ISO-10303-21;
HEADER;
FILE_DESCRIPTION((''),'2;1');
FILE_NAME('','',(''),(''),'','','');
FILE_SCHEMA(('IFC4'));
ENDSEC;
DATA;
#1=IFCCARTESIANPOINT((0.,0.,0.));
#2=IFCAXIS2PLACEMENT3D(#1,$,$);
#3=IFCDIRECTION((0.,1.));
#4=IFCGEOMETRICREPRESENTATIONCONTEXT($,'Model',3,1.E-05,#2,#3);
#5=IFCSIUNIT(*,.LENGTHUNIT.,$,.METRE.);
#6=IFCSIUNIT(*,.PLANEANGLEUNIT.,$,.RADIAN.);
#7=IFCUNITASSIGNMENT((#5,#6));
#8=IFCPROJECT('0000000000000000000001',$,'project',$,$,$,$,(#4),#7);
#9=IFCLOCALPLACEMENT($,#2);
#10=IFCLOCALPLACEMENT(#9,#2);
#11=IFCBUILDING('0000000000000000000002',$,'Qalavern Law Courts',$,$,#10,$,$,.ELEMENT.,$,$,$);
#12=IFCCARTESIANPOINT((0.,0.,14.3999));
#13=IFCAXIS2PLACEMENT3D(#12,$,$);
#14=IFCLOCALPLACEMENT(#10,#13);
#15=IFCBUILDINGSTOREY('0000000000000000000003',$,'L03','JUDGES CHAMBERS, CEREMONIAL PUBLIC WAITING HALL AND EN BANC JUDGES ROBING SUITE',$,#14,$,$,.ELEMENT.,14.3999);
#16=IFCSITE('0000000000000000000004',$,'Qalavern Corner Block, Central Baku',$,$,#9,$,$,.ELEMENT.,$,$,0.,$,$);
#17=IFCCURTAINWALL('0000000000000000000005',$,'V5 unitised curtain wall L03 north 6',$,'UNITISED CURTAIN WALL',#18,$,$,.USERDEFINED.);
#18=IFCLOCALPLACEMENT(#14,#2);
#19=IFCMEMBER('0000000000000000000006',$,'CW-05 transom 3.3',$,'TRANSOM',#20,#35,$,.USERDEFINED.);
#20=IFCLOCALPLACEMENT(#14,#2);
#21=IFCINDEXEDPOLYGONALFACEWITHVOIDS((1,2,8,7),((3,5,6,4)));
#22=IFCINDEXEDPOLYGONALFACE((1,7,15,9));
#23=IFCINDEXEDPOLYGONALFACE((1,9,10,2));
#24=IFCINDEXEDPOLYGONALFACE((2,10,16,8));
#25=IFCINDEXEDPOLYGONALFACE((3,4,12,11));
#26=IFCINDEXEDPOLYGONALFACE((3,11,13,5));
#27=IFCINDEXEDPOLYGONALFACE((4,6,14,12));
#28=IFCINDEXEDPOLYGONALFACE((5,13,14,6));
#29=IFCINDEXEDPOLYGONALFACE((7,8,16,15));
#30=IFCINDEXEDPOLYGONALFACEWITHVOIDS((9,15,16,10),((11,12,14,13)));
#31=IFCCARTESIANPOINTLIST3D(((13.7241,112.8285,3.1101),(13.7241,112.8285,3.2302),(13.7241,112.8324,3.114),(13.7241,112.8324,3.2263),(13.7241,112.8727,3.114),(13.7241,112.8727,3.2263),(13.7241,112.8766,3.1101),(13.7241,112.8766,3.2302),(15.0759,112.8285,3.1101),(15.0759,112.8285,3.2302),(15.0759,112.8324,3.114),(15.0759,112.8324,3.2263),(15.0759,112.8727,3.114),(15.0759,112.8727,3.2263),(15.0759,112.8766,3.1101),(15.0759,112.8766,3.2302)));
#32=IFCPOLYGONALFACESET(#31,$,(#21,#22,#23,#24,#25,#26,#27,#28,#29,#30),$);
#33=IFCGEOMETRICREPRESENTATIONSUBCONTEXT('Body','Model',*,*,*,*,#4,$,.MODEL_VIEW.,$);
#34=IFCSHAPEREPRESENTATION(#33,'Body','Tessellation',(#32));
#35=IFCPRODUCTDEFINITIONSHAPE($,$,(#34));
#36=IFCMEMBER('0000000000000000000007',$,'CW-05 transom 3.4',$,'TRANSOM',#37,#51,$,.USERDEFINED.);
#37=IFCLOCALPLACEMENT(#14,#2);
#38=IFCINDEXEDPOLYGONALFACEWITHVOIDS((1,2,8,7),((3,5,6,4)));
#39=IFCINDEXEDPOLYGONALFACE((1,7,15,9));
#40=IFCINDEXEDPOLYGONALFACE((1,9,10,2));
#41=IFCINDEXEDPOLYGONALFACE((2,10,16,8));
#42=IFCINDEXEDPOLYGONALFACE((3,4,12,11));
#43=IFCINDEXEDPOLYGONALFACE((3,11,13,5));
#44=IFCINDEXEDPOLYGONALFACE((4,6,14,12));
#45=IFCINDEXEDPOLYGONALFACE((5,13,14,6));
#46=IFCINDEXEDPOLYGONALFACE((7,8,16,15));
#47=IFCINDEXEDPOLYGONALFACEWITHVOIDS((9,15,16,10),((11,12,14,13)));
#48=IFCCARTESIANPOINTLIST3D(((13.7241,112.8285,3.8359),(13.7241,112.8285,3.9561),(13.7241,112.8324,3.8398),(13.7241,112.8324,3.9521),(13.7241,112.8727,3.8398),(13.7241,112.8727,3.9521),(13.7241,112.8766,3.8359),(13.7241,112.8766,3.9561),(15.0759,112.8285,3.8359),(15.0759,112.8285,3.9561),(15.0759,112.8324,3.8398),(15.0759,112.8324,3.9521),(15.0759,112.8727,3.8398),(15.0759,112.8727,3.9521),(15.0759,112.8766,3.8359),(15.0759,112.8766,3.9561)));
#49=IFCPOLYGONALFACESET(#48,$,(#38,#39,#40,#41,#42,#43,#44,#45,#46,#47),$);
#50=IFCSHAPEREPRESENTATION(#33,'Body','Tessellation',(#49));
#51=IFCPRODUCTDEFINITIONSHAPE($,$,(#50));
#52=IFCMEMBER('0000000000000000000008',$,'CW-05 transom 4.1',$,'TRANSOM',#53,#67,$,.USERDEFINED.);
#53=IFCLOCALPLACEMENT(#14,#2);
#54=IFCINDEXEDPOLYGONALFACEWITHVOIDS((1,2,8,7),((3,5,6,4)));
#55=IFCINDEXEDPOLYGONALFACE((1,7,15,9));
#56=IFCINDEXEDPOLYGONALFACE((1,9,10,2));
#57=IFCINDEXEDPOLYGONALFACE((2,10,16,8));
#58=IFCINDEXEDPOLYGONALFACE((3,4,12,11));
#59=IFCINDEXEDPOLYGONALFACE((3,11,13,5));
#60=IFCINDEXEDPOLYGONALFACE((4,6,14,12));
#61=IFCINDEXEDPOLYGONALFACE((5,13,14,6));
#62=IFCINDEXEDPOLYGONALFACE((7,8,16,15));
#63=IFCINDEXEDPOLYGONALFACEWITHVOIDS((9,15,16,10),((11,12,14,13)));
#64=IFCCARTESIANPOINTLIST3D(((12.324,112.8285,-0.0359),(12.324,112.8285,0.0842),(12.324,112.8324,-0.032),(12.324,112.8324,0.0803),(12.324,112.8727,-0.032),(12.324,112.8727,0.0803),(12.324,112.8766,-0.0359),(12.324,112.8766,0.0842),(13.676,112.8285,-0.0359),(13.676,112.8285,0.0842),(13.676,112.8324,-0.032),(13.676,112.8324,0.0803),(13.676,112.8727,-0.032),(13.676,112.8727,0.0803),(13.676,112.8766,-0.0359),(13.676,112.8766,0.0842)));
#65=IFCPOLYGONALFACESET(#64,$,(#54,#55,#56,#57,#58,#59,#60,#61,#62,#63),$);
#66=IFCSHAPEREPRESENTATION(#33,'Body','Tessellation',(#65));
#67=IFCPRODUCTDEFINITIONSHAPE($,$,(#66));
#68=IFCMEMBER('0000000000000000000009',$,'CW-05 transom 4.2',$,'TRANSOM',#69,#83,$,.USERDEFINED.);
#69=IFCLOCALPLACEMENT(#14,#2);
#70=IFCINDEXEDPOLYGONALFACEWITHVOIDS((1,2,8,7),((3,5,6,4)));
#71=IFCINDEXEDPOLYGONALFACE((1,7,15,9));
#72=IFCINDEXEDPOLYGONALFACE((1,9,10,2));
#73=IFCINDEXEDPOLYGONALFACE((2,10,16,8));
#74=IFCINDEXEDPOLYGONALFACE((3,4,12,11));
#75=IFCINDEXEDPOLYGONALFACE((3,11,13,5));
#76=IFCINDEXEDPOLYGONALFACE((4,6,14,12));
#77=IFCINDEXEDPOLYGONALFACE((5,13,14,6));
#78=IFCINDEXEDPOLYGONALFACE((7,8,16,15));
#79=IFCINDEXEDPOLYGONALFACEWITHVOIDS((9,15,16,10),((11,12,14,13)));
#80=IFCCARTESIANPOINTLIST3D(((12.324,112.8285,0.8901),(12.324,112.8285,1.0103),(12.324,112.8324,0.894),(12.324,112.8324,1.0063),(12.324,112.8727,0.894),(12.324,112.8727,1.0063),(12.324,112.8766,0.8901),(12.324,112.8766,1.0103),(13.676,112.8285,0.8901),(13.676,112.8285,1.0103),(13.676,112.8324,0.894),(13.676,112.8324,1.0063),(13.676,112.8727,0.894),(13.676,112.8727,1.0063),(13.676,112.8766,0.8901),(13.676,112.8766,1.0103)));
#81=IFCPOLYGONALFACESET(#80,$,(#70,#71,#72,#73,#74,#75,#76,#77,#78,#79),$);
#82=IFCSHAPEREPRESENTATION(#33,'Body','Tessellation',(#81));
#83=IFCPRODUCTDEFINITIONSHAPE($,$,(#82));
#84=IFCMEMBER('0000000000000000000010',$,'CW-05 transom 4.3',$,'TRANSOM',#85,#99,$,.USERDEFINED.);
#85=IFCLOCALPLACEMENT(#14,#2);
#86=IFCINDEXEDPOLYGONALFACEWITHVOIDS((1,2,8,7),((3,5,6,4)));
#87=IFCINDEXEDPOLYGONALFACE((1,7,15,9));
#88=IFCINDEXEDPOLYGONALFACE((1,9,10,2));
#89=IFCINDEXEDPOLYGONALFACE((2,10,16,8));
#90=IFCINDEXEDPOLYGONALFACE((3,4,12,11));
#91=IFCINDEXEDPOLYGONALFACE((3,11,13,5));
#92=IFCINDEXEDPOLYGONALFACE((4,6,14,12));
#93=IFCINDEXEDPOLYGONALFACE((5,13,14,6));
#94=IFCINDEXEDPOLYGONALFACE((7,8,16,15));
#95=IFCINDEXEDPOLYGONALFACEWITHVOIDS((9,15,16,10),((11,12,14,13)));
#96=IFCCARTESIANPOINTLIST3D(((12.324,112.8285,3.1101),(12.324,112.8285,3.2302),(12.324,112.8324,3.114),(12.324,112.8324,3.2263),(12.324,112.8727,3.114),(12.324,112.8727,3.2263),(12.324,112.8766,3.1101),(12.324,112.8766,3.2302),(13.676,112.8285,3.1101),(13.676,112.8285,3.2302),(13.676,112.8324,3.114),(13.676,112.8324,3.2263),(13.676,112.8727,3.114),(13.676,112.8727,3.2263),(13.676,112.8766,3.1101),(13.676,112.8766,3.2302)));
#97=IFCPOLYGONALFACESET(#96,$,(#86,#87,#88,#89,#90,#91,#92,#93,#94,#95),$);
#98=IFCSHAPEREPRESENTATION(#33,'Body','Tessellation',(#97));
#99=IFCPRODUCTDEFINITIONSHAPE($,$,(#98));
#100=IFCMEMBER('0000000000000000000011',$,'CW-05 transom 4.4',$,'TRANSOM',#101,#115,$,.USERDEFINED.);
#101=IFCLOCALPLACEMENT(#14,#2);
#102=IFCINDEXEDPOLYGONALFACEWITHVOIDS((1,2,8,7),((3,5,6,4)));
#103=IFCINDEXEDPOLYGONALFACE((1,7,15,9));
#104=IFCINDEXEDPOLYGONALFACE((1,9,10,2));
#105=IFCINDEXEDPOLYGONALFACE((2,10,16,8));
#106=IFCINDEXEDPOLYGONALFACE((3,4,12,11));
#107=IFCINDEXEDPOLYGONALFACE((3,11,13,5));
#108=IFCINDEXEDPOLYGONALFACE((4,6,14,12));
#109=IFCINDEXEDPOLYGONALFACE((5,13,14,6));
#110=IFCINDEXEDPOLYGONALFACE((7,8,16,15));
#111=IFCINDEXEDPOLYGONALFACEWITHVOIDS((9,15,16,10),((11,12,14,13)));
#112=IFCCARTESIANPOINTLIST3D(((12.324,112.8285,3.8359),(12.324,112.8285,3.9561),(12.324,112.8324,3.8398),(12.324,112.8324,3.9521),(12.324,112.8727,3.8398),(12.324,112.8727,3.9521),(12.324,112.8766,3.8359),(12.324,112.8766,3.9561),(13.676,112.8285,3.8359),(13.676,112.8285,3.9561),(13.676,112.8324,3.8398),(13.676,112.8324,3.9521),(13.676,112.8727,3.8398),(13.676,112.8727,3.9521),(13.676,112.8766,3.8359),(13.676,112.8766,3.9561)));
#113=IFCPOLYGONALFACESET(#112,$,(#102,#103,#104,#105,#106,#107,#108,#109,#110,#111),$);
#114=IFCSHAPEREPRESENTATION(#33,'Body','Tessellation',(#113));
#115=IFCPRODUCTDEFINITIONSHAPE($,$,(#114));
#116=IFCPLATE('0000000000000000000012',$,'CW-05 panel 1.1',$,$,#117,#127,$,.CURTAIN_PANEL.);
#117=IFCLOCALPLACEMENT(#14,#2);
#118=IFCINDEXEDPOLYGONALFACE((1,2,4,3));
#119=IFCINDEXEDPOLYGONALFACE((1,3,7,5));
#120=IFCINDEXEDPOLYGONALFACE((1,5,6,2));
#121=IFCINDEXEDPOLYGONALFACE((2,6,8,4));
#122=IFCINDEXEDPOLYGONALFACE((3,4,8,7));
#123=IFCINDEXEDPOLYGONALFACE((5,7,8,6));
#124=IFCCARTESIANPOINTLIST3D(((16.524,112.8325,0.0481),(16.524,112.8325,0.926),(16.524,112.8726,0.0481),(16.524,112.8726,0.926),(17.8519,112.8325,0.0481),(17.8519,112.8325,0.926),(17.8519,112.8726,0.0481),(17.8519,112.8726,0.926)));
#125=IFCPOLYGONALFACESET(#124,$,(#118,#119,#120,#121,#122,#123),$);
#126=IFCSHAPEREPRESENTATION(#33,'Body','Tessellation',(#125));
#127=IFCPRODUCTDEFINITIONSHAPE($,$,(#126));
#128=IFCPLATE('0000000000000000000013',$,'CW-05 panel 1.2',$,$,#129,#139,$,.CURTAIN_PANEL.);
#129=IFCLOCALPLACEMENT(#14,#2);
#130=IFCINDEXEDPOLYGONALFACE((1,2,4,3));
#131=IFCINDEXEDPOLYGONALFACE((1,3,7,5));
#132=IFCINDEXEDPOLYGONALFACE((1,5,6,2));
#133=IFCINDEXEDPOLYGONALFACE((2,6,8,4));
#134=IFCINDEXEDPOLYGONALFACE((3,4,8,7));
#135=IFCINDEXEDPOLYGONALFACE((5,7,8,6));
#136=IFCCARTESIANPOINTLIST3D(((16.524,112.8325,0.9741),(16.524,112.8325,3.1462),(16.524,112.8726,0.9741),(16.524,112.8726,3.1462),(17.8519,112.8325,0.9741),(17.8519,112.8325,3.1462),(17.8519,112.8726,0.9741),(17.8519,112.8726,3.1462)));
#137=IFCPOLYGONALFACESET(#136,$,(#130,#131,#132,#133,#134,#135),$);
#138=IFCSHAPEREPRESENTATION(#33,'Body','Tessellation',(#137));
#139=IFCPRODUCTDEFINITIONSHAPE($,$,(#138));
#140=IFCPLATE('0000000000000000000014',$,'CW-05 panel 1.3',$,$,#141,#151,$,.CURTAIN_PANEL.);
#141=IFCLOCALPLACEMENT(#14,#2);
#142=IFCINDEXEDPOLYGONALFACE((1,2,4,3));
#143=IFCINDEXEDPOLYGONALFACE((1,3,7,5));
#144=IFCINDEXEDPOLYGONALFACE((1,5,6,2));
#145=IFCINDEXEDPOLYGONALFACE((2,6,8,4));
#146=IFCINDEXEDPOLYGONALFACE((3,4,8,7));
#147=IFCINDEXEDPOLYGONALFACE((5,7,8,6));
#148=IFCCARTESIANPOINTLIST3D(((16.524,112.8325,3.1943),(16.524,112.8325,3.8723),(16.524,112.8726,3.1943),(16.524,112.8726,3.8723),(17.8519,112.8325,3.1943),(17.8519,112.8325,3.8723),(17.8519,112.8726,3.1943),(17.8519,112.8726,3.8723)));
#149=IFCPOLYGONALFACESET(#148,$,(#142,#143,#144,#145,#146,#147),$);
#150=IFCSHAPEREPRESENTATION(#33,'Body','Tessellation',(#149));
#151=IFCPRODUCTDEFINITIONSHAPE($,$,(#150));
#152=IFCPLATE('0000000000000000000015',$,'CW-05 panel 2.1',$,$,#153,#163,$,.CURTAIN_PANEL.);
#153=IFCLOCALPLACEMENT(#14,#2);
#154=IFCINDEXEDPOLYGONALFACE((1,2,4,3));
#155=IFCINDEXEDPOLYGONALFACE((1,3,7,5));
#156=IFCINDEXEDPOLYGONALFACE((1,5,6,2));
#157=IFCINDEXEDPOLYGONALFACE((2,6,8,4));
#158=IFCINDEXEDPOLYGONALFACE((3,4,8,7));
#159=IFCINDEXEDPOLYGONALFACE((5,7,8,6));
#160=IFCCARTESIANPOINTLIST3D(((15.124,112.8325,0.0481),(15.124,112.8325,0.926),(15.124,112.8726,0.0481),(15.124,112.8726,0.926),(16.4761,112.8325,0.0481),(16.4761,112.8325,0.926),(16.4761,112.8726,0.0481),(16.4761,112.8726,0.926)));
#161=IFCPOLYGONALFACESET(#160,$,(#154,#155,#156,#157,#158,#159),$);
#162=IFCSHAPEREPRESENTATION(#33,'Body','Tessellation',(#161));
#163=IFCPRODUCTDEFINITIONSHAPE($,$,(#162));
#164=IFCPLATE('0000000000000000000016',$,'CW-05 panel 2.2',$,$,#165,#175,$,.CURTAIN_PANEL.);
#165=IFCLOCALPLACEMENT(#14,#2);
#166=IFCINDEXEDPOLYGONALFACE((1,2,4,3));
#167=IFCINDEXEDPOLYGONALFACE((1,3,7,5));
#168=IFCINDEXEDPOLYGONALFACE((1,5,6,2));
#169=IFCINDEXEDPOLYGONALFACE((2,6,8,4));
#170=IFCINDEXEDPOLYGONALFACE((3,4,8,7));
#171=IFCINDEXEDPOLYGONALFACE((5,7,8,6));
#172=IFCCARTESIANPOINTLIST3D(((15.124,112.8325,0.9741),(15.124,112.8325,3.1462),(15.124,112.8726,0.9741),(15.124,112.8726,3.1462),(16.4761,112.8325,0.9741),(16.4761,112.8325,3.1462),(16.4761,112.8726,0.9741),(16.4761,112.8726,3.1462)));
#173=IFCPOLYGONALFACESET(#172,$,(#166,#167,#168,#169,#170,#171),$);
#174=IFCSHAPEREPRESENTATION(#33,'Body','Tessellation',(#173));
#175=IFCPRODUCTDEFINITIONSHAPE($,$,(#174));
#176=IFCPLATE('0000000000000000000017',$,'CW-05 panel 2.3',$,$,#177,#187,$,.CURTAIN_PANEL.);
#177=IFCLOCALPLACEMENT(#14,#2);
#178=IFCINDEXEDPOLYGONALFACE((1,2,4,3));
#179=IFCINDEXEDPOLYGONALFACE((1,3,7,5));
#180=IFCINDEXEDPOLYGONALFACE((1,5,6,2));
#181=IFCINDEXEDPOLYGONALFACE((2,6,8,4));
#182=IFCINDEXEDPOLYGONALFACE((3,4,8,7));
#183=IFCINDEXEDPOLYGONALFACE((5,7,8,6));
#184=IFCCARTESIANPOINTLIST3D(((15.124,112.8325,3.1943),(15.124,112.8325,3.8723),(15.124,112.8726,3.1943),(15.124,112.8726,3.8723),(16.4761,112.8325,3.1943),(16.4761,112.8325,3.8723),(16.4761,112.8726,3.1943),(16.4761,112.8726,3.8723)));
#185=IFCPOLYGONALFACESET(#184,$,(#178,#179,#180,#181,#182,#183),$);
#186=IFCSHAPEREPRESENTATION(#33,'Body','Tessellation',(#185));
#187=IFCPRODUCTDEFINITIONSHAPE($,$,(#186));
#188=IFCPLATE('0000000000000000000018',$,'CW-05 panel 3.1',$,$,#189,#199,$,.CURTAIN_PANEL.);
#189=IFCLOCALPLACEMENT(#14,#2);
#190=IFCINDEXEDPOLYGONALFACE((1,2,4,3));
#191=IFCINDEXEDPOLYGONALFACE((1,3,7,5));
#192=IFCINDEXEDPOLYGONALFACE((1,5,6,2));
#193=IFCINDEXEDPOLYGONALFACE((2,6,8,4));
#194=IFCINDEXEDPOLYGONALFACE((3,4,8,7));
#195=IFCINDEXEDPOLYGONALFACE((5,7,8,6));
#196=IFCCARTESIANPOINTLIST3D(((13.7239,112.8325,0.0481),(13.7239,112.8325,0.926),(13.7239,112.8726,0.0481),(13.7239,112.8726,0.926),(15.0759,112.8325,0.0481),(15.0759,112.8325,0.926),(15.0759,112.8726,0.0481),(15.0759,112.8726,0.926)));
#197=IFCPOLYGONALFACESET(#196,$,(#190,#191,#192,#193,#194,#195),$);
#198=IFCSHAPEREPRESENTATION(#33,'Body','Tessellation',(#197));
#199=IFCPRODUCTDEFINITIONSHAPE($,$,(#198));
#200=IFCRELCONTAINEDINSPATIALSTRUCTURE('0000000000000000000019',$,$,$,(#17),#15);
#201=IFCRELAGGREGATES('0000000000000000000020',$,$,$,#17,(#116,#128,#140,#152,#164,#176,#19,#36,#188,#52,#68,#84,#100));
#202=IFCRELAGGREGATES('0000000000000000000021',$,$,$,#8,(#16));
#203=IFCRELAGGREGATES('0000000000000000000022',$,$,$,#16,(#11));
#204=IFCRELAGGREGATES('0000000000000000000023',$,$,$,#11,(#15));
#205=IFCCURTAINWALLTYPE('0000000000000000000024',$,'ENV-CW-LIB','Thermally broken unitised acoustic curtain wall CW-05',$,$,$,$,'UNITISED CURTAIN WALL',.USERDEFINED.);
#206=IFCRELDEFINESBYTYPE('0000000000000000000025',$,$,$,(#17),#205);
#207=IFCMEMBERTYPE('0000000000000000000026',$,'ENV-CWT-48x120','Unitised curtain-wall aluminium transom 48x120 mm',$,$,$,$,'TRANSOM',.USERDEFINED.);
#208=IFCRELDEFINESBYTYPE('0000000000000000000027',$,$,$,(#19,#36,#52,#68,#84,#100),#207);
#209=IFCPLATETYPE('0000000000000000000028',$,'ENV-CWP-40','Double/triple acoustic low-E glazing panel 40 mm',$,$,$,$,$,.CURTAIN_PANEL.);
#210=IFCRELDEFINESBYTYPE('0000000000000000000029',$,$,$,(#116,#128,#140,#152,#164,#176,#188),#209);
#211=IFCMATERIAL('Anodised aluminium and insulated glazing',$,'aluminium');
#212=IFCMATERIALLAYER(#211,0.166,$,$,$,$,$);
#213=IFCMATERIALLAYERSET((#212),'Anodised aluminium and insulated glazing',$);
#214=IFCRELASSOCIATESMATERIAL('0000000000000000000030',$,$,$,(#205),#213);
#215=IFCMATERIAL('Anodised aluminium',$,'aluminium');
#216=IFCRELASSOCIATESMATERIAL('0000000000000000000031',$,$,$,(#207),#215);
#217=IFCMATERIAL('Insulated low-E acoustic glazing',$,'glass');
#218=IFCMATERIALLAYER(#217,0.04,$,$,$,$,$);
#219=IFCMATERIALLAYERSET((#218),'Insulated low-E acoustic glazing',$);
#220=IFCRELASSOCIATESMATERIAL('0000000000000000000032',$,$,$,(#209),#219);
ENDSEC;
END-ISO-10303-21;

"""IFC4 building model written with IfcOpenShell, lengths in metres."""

from ifc_helpers import new_model, si_unit, direction, frame, origin, origin_2d, place, context, subcontext, project, spatial, rectangle, hollow_rectangle, extrude, material, layer, layer_set, material_profile, profile_set, type_object, element, aggregate, save


model = new_model("IFC4")

# Units and contexts
model_context = context("Model", 3, precision=1e-05, world=origin(), true_north=direction((0.0, 1.0)))
body_context = subcontext(model_context, "Body", "Model", "MODEL_VIEW")
ifc_project = project(units=[si_unit("LENGTHUNIT", "METRE"), si_unit("PLANEANGLEUNIT", "RADIAN")], contexts=[model_context])

# Site, building, storey
site_placement = place(None, origin())
site = spatial("IfcSite", under=ifc_project, at=site_placement, Name="Qalavern Corner Block, Central Baku", CompositionType="ELEMENT", RefElevation=0.0)
building_placement = place(site_placement, origin())
building = spatial("IfcBuilding", under=site, at=building_placement, Name="Qalavern Law Courts", CompositionType="ELEMENT")
storey_placement = place(building_placement, frame((0.0, 0.0, 14.3999)))
storey = spatial("IfcBuildingStorey", under=building, at=storey_placement, Name="L03", Description="JUDGES CHAMBERS, CEREMONIAL PUBLIC WAITING HALL AND EN BANC JUDGES ROBING SUITE", CompositionType="ELEMENT", Elevation=14.3999)

# Curtain wall, members, plates
ifc_material_1 = material(Name="Anodised aluminium and insulated glazing", Category="aluminium")
ifc_layer_1 = layer(ifc_material_1, 0.166)
ifc_layer_set_1 = layer_set([ifc_layer_1], Name="Anodised aluminium and insulated glazing")
curtain_wall_type = type_object("IfcCurtainWallType", Name="ENV-CW-LIB", Description="Thermally broken unitised acoustic curtain wall CW-05", ElementType="UNITISED CURTAIN WALL", PredefinedType="USERDEFINED", material=ifc_layer_set_1)
curtain_wall_placement = place(storey_placement, origin())
curtain_wall = element("IfcCurtainWall", 1, at=curtain_wall_placement, inside=storey, type_object=curtain_wall_type, Name="V5 unitised curtain wall L03 north 6", ObjectType="UNITISED CURTAIN WALL", PredefinedType="USERDEFINED")
ifc_material_2 = material(Name="Anodised aluminium", Category="aluminium")
ifc_material_profile_1 = material_profile(ifc_material_2, hollow_rectangle(XDim=0.0481, YDim=0.1201, WallThickness=0.0039, at=origin_2d()), Name="ALU TRANSOM 48x120")
ifc_profile_set_1 = profile_set([ifc_material_profile_1], Name="Anodised aluminium")
member_type_1 = type_object("IfcMemberType", Name="ENV-CWT-48x120", Description="Unitised curtain-wall aluminium transom 48x120 mm", ElementType="TRANSOM", PredefinedType="USERDEFINED", material=ifc_profile_set_1)
member_1_placement = place(storey_placement, frame((15.0759, 112.8525, 3.1702), z_axis=(-1.0, 0.0, 0.0), x_axis=(0.0, -1.0, 0.0)))
member_1 = element("IfcMember", 2, at=member_1_placement, type_object=member_type_1, Name="CW-05 transom 3.3", ObjectType="TRANSOM", PredefinedType="USERDEFINED", context=body_context, shape_type="SweptSolid", body=[
    extrude(hollow_rectangle(XDim=0.0481, YDim=0.1201, WallThickness=0.0039, at=origin_2d()), origin(), (0.0, 0.0, 1.0), 1.3518),
])
member_2_placement = place(storey_placement, frame((15.0759, 112.8525, 3.896), z_axis=(-1.0, 0.0, 0.0), x_axis=(0.0, -1.0, 0.0)))
member_2 = element("IfcMember", 3, at=member_2_placement, type_object=member_type_1, Name="CW-05 transom 3.4", ObjectType="TRANSOM", PredefinedType="USERDEFINED", context=body_context, shape_type="SweptSolid", body=[
    extrude(hollow_rectangle(XDim=0.0481, YDim=0.1201, WallThickness=0.0039, at=origin_2d()), origin(), (0.0, 0.0, 1.0), 1.3518),
])
member_3_placement = place(storey_placement, frame((13.676, 112.8525, 0.0242), z_axis=(-1.0, 0.0, 0.0), x_axis=(0.0, -1.0, 0.0)))
member_3 = element("IfcMember", 4, at=member_3_placement, type_object=member_type_1, Name="CW-05 transom 4.1", ObjectType="TRANSOM", PredefinedType="USERDEFINED", context=body_context, shape_type="SweptSolid", body=[
    extrude(hollow_rectangle(XDim=0.0481, YDim=0.1201, WallThickness=0.0039, at=origin_2d()), origin(), (0.0, 0.0, 1.0), 1.3521),
])
member_4_placement = place(storey_placement, frame((13.676, 112.8525, 0.9502), z_axis=(-1.0, 0.0, 0.0), x_axis=(0.0, -1.0, 0.0)))
member_4 = element("IfcMember", 5, at=member_4_placement, type_object=member_type_1, Name="CW-05 transom 4.2", ObjectType="TRANSOM", PredefinedType="USERDEFINED", context=body_context, shape_type="SweptSolid", body=[
    extrude(hollow_rectangle(XDim=0.0481, YDim=0.1201, WallThickness=0.0039, at=origin_2d()), origin(), (0.0, 0.0, 1.0), 1.3521),
])
member_5_placement = place(storey_placement, frame((13.676, 112.8525, 3.1702), z_axis=(-1.0, 0.0, 0.0), x_axis=(0.0, -1.0, 0.0)))
member_5 = element("IfcMember", 6, at=member_5_placement, type_object=member_type_1, Name="CW-05 transom 4.3", ObjectType="TRANSOM", PredefinedType="USERDEFINED", context=body_context, shape_type="SweptSolid", body=[
    extrude(hollow_rectangle(XDim=0.0481, YDim=0.1201, WallThickness=0.0039, at=origin_2d()), origin(), (0.0, 0.0, 1.0), 1.3521),
])
member_6_placement = place(storey_placement, frame((13.676, 112.8525, 3.896), z_axis=(-1.0, 0.0, 0.0), x_axis=(0.0, -1.0, 0.0)))
member_6 = element("IfcMember", 7, at=member_6_placement, type_object=member_type_1, Name="CW-05 transom 4.4", ObjectType="TRANSOM", PredefinedType="USERDEFINED", context=body_context, shape_type="SweptSolid", body=[
    extrude(hollow_rectangle(XDim=0.0481, YDim=0.1201, WallThickness=0.0039, at=origin_2d()), origin(), (0.0, 0.0, 1.0), 1.3521),
])
ifc_material_3 = material(Name="Insulated low-E acoustic glazing", Category="glass")
ifc_layer_2 = layer(ifc_material_3, 0.04)
ifc_layer_set_2 = layer_set([ifc_layer_2], Name="Insulated low-E acoustic glazing")
plate_type = type_object("IfcPlateType", Name="ENV-CWP-40", Description="Double/triple acoustic low-E glazing panel 40 mm", PredefinedType="CURTAIN_PANEL", material=ifc_layer_set_2)
plate_1_placement = place(storey_placement, frame((17.188, 112.8525, 0.0481), z_axis=(0.0, 0.0, 1.0), x_axis=(-1.0, 0.0, 0.0)))
plate_1 = element("IfcPlate", 8, at=plate_1_placement, type_object=plate_type, Name="CW-05 panel 1.1", PredefinedType="CURTAIN_PANEL", context=body_context, shape_type="SweptSolid", body=[
    extrude(rectangle(XDim=1.3279, YDim=0.04, at=origin_2d()), origin(), (0.0, 0.0, 1.0), 0.8779),
])
plate_2_placement = place(storey_placement, frame((17.188, 112.8525, 0.9741), z_axis=(0.0, 0.0, 1.0), x_axis=(-1.0, 0.0, 0.0)))
plate_2 = element("IfcPlate", 9, at=plate_2_placement, type_object=plate_type, Name="CW-05 panel 1.2", PredefinedType="CURTAIN_PANEL", context=body_context, shape_type="SweptSolid", body=[
    extrude(rectangle(XDim=1.3279, YDim=0.04, at=origin_2d()), origin(), (0.0, 0.0, 1.0), 2.1721),
])
plate_3_placement = place(storey_placement, frame((17.188, 112.8525, 3.1943), z_axis=(0.0, 0.0, 1.0), x_axis=(-1.0, 0.0, 0.0)))
plate_3 = element("IfcPlate", 10, at=plate_3_placement, type_object=plate_type, Name="CW-05 panel 1.3", PredefinedType="CURTAIN_PANEL", context=body_context, shape_type="SweptSolid", body=[
    extrude(rectangle(XDim=1.3279, YDim=0.04, at=origin_2d()), origin(), (0.0, 0.0, 1.0), 0.678),
])
plate_4_placement = place(storey_placement, frame((15.8, 112.8525, 0.0481), z_axis=(0.0, 0.0, 1.0), x_axis=(-1.0, 0.0, 0.0)))
plate_4 = element("IfcPlate", 11, at=plate_4_placement, type_object=plate_type, Name="CW-05 panel 2.1", PredefinedType="CURTAIN_PANEL", context=body_context, shape_type="SweptSolid", body=[
    extrude(rectangle(XDim=1.3521, YDim=0.04, at=origin_2d()), origin(), (0.0, 0.0, 1.0), 0.8779),
])
plate_5_placement = place(storey_placement, frame((15.8, 112.8525, 0.9741), z_axis=(0.0, 0.0, 1.0), x_axis=(-1.0, 0.0, 0.0)))
plate_5 = element("IfcPlate", 12, at=plate_5_placement, type_object=plate_type, Name="CW-05 panel 2.2", PredefinedType="CURTAIN_PANEL", context=body_context, shape_type="SweptSolid", body=[
    extrude(rectangle(XDim=1.3521, YDim=0.04, at=origin_2d()), origin(), (0.0, 0.0, 1.0), 2.1721),
])
plate_6_placement = place(storey_placement, frame((15.8, 112.8525, 3.1943), z_axis=(0.0, 0.0, 1.0), x_axis=(-1.0, 0.0, 0.0)))
plate_6 = element("IfcPlate", 13, at=plate_6_placement, type_object=plate_type, Name="CW-05 panel 2.3", PredefinedType="CURTAIN_PANEL", context=body_context, shape_type="SweptSolid", body=[
    extrude(rectangle(XDim=1.3521, YDim=0.04, at=origin_2d()), origin(), (0.0, 0.0, 1.0), 0.678),
])
plate_7_placement = place(storey_placement, frame((14.3999, 112.8525, 0.0481), z_axis=(0.0, 0.0, 1.0), x_axis=(-1.0, 0.0, 0.0)))
plate_7 = element("IfcPlate", 14, at=plate_7_placement, type_object=plate_type, Name="CW-05 panel 3.1", PredefinedType="CURTAIN_PANEL", context=body_context, shape_type="SweptSolid", body=[
    extrude(rectangle(XDim=1.3521, YDim=0.04, at=origin_2d()), origin(), (0.0, 0.0, 1.0), 0.8779),
])
aggregate(curtain_wall, [plate_1, plate_2, plate_3, plate_4, plate_5, plate_6, member_1, member_2, plate_7, member_3, member_4, member_5, member_6])

save(model, "model.ifc")
